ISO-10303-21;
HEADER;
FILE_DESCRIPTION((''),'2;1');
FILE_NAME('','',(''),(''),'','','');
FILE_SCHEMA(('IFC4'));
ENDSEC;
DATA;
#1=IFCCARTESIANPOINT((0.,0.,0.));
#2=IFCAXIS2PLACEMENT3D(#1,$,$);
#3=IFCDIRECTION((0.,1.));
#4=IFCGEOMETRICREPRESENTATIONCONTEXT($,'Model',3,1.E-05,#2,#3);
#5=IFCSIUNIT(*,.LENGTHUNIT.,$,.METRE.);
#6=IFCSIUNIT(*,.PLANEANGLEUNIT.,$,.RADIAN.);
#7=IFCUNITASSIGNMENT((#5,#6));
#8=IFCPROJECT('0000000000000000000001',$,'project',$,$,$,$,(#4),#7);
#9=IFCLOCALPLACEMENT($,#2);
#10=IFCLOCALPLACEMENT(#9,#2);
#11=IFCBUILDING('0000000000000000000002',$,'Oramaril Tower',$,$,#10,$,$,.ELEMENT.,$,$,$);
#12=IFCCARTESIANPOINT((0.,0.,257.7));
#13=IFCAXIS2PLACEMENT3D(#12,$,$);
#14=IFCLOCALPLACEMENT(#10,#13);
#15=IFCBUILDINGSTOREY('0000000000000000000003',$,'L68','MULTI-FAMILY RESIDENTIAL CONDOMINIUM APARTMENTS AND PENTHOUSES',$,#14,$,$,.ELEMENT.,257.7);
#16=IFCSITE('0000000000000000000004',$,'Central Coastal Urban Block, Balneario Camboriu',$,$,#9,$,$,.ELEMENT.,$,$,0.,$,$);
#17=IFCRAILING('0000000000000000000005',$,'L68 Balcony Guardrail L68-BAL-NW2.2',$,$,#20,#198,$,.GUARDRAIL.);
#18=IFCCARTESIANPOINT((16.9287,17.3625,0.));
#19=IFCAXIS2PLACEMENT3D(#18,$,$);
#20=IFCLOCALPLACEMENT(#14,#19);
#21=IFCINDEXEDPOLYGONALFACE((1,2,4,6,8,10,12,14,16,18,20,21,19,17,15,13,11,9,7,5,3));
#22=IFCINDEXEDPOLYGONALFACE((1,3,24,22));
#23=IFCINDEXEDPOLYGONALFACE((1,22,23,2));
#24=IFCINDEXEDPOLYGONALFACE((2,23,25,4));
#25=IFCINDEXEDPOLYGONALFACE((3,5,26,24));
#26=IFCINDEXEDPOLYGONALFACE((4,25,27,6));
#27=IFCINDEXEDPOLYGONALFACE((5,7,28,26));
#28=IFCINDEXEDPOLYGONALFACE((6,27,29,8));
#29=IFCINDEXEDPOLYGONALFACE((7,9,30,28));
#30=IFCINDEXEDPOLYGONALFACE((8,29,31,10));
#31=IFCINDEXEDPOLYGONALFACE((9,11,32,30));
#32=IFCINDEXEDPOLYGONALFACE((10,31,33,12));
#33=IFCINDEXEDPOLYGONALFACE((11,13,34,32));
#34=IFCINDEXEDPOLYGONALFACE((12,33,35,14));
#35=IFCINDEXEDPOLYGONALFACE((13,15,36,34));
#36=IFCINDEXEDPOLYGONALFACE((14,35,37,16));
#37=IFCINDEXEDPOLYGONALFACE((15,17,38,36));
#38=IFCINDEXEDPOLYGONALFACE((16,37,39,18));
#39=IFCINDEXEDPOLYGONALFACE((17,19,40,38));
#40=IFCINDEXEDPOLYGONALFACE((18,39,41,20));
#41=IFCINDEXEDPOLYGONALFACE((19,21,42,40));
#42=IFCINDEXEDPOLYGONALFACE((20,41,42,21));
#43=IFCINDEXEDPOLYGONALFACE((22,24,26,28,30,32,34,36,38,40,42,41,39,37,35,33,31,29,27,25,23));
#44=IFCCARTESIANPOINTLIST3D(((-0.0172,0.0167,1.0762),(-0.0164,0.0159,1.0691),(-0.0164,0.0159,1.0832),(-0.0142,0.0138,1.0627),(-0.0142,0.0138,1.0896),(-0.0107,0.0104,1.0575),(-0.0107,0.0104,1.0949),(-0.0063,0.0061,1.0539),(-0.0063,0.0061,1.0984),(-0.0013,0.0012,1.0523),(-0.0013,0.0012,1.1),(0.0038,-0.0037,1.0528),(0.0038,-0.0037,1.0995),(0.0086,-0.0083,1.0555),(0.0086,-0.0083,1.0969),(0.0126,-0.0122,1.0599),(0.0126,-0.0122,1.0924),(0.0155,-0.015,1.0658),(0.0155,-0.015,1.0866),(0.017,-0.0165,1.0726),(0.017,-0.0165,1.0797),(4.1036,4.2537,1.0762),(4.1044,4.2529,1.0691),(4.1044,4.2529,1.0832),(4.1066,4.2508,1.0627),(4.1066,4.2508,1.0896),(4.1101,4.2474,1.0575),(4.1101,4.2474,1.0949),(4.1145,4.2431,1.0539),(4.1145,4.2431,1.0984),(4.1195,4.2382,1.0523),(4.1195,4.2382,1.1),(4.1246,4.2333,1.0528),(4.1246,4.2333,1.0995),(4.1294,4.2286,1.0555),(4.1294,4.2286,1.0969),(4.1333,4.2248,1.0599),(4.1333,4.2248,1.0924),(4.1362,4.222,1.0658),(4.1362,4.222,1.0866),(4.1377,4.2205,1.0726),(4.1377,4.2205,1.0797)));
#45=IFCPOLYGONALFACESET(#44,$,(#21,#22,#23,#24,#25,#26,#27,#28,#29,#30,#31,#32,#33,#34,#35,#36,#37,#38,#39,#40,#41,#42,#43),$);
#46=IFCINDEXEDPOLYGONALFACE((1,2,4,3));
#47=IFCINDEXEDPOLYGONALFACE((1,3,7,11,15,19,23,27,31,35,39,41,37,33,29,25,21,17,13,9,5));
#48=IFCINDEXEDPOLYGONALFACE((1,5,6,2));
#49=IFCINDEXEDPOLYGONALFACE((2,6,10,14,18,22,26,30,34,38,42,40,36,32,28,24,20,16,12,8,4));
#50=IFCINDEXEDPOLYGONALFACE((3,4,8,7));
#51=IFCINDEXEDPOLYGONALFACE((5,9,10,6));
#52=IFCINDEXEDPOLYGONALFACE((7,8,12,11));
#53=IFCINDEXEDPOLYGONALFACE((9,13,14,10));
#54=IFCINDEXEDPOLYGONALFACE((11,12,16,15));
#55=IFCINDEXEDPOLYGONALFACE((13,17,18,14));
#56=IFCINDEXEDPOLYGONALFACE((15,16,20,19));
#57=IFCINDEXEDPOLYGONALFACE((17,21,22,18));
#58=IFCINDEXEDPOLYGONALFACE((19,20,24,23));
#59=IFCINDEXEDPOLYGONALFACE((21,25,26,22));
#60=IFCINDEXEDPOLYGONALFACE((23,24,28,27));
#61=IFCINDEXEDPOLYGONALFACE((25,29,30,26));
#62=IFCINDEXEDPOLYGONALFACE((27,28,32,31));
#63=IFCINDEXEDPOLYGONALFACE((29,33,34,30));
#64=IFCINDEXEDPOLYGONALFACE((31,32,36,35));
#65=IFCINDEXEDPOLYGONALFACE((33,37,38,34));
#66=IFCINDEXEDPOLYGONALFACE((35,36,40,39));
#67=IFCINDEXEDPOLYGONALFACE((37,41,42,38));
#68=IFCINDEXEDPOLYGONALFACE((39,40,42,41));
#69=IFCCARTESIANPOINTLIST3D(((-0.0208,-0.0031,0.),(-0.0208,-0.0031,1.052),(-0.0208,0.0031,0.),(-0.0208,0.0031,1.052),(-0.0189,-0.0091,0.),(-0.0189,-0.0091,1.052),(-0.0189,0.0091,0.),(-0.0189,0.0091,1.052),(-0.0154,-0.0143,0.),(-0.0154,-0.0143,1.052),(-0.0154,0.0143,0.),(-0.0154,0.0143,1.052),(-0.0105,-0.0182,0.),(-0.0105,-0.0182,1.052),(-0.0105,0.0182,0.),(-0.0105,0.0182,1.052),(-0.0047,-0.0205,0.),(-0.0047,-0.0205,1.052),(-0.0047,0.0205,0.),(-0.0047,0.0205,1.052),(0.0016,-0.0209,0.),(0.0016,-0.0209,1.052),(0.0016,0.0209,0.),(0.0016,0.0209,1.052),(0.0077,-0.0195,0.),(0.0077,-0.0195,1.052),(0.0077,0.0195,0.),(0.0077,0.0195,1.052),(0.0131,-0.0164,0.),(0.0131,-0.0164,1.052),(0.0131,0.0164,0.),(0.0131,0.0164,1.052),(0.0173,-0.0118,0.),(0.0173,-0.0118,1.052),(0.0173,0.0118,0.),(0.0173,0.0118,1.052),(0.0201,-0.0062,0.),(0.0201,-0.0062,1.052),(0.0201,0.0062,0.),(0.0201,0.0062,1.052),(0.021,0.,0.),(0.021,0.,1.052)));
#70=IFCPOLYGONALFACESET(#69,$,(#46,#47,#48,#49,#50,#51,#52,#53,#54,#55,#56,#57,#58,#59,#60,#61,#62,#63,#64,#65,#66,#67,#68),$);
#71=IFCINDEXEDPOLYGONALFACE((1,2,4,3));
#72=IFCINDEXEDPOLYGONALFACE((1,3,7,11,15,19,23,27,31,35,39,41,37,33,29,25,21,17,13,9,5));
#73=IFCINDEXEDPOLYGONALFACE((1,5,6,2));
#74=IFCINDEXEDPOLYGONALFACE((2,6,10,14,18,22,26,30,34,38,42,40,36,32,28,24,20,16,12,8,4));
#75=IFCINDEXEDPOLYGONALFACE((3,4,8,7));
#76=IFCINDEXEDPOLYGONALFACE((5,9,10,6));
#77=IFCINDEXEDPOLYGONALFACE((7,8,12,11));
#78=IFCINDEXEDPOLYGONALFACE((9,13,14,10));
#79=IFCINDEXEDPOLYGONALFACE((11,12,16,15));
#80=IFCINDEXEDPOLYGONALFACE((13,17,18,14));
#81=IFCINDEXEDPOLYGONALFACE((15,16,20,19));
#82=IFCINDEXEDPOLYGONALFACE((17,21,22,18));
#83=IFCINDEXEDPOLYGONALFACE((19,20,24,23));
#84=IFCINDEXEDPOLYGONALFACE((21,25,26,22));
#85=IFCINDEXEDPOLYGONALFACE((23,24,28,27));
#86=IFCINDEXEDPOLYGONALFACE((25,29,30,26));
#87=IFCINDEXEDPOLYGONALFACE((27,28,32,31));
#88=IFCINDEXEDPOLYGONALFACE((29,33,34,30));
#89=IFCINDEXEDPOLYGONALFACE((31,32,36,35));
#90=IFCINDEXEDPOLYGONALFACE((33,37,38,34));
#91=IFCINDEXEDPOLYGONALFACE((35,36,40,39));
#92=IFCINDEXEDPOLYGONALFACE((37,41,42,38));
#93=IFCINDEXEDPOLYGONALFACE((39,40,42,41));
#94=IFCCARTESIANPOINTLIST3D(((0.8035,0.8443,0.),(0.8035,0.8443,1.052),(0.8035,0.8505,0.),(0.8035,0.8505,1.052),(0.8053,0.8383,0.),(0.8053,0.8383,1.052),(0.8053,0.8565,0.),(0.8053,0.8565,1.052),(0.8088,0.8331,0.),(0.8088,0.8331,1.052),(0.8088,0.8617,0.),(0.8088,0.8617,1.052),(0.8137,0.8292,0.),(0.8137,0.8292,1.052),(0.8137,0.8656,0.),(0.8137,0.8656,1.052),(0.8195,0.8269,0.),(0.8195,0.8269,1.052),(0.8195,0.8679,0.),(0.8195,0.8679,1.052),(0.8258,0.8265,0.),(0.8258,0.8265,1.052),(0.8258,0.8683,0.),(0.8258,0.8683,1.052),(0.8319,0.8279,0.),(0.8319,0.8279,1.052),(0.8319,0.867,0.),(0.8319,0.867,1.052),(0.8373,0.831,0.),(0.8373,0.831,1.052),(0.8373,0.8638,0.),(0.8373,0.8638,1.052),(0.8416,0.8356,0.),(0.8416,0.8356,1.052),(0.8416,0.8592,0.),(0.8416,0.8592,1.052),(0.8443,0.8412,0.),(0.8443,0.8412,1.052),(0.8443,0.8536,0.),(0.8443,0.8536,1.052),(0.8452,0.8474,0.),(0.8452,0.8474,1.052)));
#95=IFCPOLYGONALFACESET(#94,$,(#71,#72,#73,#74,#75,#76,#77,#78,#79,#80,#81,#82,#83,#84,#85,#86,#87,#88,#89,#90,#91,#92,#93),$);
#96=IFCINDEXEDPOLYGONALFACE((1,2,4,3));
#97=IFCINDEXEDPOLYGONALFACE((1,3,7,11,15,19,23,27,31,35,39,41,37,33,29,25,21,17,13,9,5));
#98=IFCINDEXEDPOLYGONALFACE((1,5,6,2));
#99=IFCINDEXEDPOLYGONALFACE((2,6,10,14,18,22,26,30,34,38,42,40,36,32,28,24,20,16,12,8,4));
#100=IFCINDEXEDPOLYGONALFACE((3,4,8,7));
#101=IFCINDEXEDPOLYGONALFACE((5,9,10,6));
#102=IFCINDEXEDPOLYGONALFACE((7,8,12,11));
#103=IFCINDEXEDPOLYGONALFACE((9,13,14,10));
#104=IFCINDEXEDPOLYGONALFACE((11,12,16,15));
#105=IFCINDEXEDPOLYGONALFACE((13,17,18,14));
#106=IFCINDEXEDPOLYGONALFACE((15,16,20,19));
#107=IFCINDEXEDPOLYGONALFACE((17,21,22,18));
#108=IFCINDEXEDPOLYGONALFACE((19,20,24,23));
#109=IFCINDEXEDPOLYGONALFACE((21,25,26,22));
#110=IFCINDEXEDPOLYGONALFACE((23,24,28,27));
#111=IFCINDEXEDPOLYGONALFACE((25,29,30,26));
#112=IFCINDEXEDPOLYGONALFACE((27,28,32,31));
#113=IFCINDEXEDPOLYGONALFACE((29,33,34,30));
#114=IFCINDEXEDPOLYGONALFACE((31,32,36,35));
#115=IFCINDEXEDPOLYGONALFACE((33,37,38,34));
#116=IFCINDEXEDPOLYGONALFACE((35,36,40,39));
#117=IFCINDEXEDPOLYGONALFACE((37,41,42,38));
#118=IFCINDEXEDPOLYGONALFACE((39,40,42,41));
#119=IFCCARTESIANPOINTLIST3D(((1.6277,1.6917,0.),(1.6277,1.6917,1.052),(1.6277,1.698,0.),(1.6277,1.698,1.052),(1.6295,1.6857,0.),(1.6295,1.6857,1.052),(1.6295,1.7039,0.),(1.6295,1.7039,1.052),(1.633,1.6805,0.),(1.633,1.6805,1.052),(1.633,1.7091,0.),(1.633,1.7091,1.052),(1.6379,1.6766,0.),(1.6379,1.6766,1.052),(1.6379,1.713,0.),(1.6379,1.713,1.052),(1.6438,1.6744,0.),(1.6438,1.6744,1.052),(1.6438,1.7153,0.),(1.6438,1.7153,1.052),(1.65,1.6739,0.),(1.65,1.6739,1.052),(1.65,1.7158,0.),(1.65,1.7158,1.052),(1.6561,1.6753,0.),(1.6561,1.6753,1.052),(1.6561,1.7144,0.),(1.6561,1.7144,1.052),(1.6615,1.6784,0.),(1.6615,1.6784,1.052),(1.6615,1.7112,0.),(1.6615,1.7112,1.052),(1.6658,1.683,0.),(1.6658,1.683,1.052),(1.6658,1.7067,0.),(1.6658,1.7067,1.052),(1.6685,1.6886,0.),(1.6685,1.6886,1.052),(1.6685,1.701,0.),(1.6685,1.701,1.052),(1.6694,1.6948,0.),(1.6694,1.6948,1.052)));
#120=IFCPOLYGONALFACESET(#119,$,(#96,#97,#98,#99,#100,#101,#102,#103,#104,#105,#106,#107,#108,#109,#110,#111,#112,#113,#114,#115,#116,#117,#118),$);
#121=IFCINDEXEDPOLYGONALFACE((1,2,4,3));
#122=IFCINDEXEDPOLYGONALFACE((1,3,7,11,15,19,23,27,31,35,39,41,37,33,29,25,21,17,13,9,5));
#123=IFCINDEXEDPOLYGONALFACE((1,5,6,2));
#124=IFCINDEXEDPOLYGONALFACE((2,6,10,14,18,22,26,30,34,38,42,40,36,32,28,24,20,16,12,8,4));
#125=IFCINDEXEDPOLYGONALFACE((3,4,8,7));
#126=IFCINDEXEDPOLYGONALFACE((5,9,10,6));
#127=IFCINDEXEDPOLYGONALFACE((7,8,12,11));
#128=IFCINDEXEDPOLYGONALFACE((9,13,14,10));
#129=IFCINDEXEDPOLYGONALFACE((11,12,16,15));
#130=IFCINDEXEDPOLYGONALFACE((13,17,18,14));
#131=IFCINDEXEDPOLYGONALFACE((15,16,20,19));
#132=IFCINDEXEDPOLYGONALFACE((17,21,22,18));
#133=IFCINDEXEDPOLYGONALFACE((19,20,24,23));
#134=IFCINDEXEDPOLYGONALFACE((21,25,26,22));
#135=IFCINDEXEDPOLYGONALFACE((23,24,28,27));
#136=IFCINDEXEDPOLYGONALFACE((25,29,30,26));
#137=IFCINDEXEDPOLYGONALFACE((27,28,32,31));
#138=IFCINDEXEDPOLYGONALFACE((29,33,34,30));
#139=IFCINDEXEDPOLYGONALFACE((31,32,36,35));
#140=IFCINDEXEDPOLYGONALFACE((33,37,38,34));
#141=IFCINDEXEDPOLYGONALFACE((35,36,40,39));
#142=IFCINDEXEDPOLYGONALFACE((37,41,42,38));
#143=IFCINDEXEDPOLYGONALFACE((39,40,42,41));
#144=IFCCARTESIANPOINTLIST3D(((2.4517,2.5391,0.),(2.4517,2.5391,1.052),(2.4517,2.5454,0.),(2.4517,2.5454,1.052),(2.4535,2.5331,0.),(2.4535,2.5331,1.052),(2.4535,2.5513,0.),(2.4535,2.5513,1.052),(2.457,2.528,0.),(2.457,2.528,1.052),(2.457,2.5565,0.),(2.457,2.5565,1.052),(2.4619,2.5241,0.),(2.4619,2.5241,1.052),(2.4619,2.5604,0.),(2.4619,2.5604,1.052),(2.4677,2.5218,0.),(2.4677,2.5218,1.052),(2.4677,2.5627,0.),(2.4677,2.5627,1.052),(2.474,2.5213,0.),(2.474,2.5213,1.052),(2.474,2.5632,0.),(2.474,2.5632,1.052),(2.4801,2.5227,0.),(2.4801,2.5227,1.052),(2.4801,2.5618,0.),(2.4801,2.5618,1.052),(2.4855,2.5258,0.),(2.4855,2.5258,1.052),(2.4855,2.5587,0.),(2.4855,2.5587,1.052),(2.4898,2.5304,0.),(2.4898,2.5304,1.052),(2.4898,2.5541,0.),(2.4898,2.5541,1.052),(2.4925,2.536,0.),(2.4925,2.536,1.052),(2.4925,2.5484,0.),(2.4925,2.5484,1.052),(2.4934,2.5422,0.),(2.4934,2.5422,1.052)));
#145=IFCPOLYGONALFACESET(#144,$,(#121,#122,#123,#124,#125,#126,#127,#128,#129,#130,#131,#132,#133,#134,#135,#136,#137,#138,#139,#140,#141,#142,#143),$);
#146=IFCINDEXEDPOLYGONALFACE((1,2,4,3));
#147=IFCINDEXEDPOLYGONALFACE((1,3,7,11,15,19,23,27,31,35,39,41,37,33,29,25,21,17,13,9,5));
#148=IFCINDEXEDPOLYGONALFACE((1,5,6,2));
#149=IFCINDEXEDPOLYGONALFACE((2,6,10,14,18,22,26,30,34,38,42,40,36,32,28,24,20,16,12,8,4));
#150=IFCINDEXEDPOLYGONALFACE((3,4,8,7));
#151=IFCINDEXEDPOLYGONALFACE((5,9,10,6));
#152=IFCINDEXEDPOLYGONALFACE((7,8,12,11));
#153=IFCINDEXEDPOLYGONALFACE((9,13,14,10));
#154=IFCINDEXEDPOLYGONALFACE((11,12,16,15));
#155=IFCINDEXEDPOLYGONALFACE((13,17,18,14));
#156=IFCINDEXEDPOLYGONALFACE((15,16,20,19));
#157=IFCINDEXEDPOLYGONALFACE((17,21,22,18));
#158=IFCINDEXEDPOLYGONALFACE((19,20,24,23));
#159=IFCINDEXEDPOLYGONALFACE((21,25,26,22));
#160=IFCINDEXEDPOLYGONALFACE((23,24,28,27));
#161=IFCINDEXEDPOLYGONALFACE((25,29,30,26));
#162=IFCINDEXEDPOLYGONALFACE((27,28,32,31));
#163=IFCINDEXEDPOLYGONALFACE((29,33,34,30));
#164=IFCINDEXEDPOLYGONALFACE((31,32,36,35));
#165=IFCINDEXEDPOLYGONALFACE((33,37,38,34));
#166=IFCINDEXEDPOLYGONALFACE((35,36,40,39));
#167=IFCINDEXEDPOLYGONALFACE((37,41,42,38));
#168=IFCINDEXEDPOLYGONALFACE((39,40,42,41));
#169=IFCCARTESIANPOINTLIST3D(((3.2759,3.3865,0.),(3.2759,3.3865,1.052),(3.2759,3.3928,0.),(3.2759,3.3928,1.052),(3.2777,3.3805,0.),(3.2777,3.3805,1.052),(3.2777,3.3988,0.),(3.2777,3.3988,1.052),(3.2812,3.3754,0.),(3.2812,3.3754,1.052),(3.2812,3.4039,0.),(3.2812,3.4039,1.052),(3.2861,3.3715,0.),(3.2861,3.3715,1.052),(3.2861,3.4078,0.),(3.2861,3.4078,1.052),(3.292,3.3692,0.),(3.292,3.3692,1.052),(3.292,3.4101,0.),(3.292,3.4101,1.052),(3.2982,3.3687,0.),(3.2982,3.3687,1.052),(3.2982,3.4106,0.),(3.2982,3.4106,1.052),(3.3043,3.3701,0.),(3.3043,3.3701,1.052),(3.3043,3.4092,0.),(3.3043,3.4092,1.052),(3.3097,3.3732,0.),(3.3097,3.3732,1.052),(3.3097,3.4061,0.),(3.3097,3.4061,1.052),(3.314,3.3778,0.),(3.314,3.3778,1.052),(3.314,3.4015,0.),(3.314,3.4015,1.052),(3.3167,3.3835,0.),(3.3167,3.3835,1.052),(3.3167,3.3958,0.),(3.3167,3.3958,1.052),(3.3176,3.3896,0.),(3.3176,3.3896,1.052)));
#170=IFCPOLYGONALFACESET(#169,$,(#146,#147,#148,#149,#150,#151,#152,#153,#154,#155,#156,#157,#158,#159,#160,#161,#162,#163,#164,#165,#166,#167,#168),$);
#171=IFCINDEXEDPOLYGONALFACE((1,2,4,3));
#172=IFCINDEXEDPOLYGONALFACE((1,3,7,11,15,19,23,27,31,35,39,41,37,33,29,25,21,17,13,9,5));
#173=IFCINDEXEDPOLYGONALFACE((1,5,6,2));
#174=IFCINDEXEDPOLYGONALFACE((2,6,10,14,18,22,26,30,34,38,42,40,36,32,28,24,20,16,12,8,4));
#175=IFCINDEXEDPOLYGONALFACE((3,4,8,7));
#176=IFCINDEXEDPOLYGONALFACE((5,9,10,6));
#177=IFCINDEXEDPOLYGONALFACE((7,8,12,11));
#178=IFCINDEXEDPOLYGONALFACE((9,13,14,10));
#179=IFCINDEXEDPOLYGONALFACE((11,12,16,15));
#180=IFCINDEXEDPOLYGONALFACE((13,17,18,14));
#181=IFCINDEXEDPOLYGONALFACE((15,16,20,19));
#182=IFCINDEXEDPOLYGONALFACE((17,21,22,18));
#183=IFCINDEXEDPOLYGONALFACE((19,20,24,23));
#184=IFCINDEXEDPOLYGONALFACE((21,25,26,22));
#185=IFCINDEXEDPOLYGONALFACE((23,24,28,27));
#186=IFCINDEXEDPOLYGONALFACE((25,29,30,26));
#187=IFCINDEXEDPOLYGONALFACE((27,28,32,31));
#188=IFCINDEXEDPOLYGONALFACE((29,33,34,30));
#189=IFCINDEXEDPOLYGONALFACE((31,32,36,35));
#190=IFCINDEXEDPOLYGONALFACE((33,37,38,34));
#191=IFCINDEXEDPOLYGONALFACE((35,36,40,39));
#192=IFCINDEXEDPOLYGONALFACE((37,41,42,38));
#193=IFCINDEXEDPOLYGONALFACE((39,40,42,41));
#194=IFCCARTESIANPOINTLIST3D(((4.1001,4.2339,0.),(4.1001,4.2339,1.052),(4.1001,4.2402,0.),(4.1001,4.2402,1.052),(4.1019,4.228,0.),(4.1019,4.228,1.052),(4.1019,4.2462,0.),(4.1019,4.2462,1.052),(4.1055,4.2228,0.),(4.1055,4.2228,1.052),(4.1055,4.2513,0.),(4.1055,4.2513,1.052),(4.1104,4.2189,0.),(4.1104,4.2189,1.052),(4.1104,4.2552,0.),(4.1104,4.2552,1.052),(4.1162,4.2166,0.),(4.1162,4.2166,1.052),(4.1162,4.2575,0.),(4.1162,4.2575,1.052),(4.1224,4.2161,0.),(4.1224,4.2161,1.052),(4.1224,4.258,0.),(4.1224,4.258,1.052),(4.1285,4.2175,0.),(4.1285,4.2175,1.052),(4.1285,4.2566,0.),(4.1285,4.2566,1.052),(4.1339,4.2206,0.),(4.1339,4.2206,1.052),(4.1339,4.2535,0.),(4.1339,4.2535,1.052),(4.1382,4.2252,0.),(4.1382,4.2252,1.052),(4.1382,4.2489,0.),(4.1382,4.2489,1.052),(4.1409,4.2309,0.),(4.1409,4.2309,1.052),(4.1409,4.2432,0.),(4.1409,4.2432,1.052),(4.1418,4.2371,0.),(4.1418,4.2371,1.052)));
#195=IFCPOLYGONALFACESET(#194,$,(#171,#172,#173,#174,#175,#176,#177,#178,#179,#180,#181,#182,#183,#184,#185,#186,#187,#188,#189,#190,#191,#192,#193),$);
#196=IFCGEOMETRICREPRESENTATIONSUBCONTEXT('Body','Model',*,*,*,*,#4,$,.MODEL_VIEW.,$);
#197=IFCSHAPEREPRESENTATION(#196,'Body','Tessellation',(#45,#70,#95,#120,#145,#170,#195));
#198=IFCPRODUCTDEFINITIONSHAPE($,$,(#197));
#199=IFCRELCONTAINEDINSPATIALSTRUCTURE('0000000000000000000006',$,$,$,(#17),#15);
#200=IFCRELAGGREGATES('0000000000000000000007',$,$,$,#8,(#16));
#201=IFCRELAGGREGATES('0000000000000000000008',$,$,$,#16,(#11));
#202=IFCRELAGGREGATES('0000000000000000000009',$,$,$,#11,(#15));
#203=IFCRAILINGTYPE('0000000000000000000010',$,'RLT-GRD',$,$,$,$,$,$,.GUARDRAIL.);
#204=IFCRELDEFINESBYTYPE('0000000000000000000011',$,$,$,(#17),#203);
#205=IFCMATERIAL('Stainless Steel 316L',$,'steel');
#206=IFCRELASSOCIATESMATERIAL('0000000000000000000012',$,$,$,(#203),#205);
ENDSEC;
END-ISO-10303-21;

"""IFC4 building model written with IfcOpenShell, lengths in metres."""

from ifc_helpers import new_model, si_unit, direction, frame, origin, origin_2d, place, context, subcontext, project, spatial, circle, extrude, material, type_object, element, save


model = new_model("IFC4")

# Units and contexts
model_context = context("Model", 3, precision=1e-05, world=origin(), true_north=direction((0.0, 1.0)))
body_context = subcontext(model_context, "Body", "Model", "MODEL_VIEW")
ifc_project = project(units=[si_unit("LENGTHUNIT", "METRE"), si_unit("PLANEANGLEUNIT", "RADIAN")], contexts=[model_context])

# Site, building, storey
site_placement = place(None, origin())
site = spatial("IfcSite", under=ifc_project, at=site_placement, Name="Central Coastal Urban Block, Balneario Camboriu", CompositionType="ELEMENT", RefElevation=0.0)
building_placement = place(site_placement, origin())
building = spatial("IfcBuilding", under=site, at=building_placement, Name="Oramaril Tower", CompositionType="ELEMENT")
storey_placement = place(building_placement, frame((0.0, 0.0, 257.7)))
storey = spatial("IfcBuildingStorey", under=building, at=storey_placement, Name="L68", Description="MULTI-FAMILY RESIDENTIAL CONDOMINIUM APARTMENTS AND PENTHOUSES", CompositionType="ELEMENT", Elevation=257.7)

# Railing
ifc_material_1 = material(Name="Stainless Steel 316L", Category="steel")
railing_type = type_object("IfcRailingType", Name="RLT-GRD", PredefinedType="GUARDRAIL", material=ifc_material_1)
railing_1_placement = place(storey_placement, frame((16.9287, 17.3625, 0.0)))
element("IfcRailing", 1, at=railing_1_placement, inside=storey, type_object=railing_type, Name="L68 Balcony Guardrail L68-BAL-NW2.2", PredefinedType="GUARDRAIL", context=body_context, shape_type="SweptSolid", body=[
    extrude(circle(Radius=0.0239, at=origin_2d()), frame((0.0, 0.0, 1.0762), z_axis=(0.697208, 0.716869, 0.0), x_axis=(-0.716869, 0.697208, 0.0)), (0.0, 0.0, 1.0), 5.9104),
    extrude(circle(Radius=0.021, at=origin_2d()), origin(), (0.0, 0.0, 1.0), 1.052),
    extrude(circle(Radius=0.021, at=origin_2d()), frame((0.8242, 0.8474, 0.0)), (0.0, 0.0, 1.0), 1.052),
    extrude(circle(Radius=0.021, at=origin_2d()), frame((1.6484, 1.6948, 0.0)), (0.0, 0.0, 1.0), 1.052),
    extrude(circle(Radius=0.021, at=origin_2d()), frame((2.4724, 2.5422, 0.0)), (0.0, 0.0, 1.0), 1.052),
    extrude(circle(Radius=0.021, at=origin_2d()), frame((3.2966, 3.3896, 0.0)), (0.0, 0.0, 1.0), 1.052),
    extrude(circle(Radius=0.021, at=origin_2d()), frame((4.1208, 4.2371, 0.0)), (0.0, 0.0, 1.0), 1.052),
])

save(model, "model.ifc")
